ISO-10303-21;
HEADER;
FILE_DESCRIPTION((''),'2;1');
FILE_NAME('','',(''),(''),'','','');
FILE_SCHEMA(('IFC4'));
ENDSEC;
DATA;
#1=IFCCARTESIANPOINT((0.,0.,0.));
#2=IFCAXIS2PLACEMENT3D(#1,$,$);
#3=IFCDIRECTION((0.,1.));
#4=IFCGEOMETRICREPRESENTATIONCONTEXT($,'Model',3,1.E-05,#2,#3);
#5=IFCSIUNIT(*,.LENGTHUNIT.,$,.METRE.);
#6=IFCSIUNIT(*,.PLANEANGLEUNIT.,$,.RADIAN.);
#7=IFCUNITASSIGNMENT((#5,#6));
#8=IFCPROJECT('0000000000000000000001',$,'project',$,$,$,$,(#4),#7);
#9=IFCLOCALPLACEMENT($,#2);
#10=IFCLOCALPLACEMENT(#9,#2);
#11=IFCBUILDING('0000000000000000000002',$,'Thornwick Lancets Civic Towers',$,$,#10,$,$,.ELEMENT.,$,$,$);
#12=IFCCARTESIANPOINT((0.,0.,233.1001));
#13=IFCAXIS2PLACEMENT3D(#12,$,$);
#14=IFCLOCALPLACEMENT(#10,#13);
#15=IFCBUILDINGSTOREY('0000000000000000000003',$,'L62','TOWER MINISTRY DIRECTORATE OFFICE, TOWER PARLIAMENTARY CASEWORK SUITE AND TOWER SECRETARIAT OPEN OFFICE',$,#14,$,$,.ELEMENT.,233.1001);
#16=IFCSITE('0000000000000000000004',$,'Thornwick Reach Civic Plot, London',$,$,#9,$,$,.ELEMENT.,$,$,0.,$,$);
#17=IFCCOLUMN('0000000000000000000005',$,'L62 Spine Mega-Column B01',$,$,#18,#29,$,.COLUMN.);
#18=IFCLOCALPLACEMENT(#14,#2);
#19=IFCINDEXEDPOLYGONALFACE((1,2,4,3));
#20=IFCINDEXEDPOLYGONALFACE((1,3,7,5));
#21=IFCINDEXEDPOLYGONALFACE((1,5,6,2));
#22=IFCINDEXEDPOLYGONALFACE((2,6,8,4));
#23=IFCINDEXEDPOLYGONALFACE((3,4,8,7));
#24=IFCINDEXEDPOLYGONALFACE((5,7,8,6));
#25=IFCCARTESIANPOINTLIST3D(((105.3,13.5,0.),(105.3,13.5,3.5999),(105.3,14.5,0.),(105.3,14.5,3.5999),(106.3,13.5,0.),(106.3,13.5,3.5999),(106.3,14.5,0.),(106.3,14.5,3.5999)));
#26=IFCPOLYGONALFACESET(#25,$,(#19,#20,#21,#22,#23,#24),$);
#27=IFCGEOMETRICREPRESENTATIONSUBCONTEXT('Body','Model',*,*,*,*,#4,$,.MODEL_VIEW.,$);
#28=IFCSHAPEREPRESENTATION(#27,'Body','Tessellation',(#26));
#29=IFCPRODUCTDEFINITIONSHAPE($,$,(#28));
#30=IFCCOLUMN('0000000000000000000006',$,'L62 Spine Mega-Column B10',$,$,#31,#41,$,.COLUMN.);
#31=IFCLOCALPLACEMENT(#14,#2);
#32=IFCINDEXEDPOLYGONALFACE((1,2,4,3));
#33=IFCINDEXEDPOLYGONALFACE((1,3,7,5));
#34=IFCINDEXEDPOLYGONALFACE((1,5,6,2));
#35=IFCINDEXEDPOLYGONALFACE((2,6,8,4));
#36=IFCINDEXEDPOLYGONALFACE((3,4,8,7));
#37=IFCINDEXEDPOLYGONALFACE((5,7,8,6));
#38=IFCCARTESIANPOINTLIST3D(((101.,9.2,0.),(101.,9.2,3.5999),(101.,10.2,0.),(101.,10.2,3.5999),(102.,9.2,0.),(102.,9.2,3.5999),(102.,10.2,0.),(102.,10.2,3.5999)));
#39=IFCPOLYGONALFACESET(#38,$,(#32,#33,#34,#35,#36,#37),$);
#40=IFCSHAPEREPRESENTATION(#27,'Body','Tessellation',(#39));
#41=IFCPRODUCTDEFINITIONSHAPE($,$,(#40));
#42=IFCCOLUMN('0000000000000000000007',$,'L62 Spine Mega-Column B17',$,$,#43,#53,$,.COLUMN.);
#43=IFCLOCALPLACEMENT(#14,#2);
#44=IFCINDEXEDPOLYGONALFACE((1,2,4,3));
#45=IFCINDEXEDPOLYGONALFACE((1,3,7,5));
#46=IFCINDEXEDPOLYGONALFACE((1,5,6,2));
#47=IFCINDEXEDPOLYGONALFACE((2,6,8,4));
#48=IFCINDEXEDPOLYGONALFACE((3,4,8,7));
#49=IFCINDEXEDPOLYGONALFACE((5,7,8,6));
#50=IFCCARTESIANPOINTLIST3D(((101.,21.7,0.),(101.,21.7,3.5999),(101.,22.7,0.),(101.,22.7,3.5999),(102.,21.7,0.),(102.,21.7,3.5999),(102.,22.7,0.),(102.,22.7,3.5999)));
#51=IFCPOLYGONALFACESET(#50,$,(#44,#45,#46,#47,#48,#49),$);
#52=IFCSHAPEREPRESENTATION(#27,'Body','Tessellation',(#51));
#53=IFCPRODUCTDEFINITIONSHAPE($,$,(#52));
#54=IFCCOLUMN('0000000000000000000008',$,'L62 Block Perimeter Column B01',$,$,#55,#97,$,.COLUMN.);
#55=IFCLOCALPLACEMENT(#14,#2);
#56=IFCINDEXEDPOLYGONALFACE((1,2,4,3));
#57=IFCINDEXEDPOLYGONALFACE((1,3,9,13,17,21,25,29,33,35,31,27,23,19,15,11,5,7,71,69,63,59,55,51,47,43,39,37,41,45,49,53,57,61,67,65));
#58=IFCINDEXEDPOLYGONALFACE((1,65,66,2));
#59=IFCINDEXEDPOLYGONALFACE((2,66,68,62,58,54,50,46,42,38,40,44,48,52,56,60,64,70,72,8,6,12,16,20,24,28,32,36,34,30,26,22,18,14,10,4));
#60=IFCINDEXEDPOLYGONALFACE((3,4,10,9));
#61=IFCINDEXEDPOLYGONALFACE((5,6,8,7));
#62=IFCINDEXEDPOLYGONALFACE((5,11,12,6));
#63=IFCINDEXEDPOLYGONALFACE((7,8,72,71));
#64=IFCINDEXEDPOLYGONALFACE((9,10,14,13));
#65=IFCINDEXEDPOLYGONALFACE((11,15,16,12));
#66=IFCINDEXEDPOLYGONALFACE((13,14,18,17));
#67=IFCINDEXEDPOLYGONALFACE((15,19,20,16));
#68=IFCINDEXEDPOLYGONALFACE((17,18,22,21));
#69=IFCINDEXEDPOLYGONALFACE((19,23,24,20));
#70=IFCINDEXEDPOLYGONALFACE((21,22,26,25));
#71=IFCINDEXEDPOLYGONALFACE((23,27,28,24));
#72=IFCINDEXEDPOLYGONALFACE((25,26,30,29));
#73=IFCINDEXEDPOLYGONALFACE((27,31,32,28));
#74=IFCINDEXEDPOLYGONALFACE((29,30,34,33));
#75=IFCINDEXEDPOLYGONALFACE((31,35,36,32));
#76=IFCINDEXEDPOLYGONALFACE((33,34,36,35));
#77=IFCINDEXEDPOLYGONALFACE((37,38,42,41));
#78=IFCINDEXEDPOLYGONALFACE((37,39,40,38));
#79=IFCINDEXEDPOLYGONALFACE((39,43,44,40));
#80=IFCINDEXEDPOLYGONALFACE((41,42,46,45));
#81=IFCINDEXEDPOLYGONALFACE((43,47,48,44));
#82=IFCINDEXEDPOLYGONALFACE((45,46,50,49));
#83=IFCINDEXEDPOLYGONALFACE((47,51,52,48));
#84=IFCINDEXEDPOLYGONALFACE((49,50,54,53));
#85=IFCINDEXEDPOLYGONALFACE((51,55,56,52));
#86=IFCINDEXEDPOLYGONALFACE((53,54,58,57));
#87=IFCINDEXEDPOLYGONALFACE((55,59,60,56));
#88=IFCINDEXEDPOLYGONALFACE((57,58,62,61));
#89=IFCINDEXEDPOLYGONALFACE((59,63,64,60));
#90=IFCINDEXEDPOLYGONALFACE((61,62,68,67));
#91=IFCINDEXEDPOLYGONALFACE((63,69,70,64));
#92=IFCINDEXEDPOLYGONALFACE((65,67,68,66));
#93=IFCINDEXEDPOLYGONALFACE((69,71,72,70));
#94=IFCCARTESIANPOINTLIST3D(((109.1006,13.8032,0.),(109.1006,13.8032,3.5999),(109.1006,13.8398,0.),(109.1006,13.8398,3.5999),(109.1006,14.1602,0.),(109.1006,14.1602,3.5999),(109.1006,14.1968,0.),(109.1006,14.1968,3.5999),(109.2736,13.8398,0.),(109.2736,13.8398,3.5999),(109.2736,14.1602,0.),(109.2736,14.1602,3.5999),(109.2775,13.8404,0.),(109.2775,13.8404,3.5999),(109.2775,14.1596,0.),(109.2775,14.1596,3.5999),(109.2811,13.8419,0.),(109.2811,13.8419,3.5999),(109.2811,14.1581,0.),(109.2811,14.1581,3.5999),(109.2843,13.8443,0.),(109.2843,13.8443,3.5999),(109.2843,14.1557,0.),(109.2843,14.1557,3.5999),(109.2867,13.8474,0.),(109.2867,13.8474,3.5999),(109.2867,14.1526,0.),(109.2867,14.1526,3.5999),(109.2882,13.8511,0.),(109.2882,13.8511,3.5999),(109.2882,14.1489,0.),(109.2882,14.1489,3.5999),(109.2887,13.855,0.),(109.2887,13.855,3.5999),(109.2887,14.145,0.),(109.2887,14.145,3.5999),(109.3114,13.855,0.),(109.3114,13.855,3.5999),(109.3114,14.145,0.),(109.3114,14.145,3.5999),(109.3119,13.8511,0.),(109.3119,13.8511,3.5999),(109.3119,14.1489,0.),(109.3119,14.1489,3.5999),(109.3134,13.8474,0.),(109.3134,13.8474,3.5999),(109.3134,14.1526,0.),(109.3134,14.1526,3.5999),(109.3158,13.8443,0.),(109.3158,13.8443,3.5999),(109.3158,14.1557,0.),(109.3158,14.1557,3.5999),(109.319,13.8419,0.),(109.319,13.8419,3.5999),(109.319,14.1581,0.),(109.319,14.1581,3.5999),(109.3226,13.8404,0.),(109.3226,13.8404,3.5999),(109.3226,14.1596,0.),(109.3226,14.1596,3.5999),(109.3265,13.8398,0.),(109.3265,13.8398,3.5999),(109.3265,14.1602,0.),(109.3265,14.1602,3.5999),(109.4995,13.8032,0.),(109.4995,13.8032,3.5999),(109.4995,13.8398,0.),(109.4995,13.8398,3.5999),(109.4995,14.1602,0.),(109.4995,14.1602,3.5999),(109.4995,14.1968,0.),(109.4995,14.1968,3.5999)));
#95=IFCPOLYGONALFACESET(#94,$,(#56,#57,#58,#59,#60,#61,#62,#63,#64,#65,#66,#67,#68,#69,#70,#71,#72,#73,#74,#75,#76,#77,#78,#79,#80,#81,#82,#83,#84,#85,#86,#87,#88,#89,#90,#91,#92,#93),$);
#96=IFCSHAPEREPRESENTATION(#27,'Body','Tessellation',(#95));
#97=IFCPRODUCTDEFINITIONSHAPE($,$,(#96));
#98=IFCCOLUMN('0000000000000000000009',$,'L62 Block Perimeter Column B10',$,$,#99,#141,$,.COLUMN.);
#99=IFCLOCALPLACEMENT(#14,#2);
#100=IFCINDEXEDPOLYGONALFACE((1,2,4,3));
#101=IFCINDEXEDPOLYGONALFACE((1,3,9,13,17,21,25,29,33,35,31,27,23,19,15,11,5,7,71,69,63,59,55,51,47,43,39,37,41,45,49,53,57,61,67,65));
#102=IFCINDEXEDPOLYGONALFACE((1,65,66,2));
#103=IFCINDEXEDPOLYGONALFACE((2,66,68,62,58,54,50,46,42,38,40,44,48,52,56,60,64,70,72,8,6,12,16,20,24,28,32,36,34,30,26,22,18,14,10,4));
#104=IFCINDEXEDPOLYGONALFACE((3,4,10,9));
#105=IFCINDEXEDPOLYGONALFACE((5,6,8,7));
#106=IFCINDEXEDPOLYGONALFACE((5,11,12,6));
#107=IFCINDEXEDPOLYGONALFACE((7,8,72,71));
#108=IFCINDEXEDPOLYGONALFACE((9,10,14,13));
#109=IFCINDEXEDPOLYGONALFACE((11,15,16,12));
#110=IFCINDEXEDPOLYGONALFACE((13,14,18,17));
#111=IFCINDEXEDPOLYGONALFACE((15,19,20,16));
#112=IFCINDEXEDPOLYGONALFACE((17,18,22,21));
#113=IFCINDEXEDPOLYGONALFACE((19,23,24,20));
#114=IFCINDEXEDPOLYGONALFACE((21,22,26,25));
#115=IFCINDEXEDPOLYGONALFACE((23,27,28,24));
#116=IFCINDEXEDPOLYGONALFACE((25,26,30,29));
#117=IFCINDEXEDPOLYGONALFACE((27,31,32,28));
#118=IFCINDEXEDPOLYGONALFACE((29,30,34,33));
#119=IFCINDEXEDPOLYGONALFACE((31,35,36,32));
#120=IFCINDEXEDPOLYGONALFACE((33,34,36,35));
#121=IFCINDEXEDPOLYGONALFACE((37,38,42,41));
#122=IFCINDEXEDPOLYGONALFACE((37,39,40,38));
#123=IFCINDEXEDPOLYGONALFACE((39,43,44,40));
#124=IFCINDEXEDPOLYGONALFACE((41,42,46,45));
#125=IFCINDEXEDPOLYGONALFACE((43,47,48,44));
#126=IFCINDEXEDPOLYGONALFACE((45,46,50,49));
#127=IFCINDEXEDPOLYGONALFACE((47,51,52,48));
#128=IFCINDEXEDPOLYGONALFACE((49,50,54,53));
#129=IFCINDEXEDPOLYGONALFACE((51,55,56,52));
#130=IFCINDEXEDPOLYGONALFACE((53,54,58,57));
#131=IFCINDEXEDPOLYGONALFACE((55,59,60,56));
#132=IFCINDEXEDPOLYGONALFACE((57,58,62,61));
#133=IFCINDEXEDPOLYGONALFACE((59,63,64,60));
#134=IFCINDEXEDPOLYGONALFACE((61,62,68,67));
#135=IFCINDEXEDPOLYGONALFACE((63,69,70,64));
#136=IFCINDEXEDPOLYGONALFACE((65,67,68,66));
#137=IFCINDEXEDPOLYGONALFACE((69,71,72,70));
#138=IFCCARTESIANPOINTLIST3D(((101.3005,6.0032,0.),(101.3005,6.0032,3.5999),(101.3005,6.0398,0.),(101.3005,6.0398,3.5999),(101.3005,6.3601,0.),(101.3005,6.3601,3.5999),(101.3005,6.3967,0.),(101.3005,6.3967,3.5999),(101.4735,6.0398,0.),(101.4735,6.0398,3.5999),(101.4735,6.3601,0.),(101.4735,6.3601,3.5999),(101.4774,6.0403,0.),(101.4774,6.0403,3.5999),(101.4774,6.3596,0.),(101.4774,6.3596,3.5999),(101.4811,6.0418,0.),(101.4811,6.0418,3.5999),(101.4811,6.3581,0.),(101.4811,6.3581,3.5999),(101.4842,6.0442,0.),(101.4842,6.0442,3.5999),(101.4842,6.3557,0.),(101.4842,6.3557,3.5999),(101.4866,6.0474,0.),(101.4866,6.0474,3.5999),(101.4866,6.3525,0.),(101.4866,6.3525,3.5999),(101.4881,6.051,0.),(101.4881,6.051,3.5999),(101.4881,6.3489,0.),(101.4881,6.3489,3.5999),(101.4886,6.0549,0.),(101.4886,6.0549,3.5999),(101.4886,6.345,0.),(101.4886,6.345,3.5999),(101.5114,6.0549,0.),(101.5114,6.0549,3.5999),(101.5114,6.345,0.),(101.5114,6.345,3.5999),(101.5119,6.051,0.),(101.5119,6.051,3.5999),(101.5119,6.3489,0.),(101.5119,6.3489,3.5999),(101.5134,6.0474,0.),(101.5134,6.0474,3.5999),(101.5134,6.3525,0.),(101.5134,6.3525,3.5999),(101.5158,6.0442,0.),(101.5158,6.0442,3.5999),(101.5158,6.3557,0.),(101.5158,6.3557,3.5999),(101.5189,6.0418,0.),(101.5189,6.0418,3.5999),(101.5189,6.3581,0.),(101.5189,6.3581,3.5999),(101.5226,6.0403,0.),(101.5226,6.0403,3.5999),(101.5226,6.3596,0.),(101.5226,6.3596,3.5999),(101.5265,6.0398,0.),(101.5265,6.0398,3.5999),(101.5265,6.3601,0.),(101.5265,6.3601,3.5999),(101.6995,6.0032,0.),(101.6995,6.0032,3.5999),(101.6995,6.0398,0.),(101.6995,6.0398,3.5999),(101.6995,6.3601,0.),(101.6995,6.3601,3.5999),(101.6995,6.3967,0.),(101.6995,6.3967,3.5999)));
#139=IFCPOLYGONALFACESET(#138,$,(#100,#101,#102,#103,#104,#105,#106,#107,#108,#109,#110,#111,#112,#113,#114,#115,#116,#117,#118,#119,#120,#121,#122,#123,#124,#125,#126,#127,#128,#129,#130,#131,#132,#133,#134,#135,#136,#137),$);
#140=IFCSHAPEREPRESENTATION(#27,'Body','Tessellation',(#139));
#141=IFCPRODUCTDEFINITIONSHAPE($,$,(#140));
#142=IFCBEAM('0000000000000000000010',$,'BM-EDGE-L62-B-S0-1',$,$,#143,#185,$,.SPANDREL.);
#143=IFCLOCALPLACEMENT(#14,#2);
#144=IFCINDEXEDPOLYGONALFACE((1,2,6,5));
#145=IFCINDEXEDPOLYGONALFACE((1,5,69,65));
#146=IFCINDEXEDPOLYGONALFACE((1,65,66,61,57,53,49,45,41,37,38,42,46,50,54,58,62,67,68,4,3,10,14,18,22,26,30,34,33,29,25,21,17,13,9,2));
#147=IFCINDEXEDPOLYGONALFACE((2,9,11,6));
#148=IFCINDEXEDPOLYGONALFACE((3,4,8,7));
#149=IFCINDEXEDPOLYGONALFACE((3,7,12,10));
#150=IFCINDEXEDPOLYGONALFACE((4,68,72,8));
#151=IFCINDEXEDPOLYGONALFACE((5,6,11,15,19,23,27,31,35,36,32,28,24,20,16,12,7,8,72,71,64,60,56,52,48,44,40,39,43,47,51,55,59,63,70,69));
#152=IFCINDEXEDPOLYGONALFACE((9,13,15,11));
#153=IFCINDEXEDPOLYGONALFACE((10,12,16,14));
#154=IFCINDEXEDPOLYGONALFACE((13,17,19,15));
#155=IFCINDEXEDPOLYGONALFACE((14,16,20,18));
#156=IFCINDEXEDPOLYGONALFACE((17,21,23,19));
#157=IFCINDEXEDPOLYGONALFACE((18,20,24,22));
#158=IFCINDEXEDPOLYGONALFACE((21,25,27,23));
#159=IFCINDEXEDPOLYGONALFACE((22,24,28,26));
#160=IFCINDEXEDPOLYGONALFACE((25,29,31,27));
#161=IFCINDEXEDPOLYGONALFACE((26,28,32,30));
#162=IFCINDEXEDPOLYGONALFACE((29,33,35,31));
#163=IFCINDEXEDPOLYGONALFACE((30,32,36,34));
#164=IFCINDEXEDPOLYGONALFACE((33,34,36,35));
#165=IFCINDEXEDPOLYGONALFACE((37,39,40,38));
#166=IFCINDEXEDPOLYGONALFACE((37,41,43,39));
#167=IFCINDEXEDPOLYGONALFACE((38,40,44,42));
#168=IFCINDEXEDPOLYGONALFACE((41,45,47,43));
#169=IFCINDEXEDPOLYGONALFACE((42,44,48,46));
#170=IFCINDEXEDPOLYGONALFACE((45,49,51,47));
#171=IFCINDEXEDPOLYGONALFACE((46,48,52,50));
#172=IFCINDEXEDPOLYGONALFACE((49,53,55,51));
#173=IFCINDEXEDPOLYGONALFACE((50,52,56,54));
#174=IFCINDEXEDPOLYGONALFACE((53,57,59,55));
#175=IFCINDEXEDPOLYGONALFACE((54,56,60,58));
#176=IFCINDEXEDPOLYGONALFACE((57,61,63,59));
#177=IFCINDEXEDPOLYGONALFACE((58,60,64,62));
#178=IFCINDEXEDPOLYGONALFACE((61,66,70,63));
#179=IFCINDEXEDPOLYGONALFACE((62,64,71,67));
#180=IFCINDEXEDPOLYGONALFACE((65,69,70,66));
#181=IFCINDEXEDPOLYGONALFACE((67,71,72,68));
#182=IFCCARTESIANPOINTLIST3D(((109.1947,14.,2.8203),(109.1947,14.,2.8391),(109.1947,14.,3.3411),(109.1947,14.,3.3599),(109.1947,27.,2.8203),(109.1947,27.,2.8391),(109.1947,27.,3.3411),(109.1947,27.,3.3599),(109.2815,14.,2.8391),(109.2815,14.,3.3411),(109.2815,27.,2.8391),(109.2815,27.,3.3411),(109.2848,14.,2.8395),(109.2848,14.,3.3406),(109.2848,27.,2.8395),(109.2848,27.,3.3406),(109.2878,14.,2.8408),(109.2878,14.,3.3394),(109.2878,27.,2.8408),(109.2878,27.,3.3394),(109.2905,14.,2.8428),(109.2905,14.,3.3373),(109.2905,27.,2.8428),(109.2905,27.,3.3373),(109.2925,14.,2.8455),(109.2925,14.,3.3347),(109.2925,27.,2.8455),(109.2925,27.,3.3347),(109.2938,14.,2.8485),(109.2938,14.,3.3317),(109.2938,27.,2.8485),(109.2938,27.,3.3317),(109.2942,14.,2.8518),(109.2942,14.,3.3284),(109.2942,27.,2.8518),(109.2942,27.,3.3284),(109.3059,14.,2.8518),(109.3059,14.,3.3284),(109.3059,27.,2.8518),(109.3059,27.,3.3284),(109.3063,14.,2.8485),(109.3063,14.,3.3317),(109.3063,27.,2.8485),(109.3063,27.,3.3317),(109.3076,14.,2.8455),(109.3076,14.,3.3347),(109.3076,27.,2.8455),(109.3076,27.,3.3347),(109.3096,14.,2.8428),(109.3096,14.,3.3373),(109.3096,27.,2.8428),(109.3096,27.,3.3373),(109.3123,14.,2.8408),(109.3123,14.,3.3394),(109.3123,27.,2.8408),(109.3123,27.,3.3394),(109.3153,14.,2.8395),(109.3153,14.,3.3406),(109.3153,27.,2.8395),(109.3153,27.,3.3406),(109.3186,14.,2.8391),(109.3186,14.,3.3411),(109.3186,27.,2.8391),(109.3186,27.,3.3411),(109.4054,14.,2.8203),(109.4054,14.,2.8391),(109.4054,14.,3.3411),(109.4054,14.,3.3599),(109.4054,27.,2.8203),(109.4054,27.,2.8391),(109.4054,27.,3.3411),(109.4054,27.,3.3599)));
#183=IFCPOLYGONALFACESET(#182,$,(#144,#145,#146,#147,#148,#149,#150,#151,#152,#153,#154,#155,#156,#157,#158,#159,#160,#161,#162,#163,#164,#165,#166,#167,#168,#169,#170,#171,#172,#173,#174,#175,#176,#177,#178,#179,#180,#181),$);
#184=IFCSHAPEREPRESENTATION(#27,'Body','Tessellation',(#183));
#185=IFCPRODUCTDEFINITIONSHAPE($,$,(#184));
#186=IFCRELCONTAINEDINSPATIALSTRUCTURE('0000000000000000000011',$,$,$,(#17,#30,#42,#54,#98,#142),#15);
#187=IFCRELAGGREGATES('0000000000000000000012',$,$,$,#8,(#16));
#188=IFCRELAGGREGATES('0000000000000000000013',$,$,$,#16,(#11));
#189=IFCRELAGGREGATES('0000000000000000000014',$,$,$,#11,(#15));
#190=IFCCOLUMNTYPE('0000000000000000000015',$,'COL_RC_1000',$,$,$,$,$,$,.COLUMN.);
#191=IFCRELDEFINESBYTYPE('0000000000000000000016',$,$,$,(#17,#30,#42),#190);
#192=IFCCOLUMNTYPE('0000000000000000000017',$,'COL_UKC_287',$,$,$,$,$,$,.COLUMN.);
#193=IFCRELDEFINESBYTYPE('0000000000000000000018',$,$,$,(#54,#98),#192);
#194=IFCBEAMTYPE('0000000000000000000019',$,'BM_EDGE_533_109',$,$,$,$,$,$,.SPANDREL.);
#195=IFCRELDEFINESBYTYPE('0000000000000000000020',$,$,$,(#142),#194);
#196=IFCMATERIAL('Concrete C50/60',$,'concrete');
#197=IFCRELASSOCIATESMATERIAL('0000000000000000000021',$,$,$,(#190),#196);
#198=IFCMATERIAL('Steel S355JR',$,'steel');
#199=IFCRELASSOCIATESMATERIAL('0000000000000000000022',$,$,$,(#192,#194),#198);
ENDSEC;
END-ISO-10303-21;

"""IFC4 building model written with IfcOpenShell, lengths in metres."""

from ifc_helpers import new_model, si_unit, direction, frame, origin, origin_2d, place, context, subcontext, project, spatial, rectangle, i_section, extrude, material, material_profile, profile_set, type_object, element, save


model = new_model("IFC4")

# Units and contexts
model_context = context("Model", 3, precision=1e-05, world=origin(), true_north=direction((0.0, 1.0)))
body_context = subcontext(model_context, "Body", "Model", "MODEL_VIEW")
ifc_project = project(units=[si_unit("LENGTHUNIT", "METRE"), si_unit("PLANEANGLEUNIT", "RADIAN")], contexts=[model_context])

# Site, building, storey
site_placement = place(None, origin())
site = spatial("IfcSite", under=ifc_project, at=site_placement, Name="Thornwick Reach Civic Plot, London", CompositionType="ELEMENT", RefElevation=0.0)
building_placement = place(site_placement, origin())
building = spatial("IfcBuilding", under=site, at=building_placement, Name="Thornwick Lancets Civic Towers", CompositionType="ELEMENT")
storey_placement = place(building_placement, frame((0.0, 0.0, 233.1001)))
storey = spatial("IfcBuildingStorey", under=building, at=storey_placement, Name="L62", Description="TOWER MINISTRY DIRECTORATE OFFICE, TOWER PARLIAMENTARY CASEWORK SUITE AND TOWER SECRETARIAT OPEN OFFICE", CompositionType="ELEMENT", Elevation=233.1001)

# Columns
ifc_material_1 = material(Name="Concrete C50/60", Category="concrete")
ifc_material_profile_1 = material_profile(ifc_material_1, rectangle(XDim=1.0, YDim=1.0, at=origin_2d()), Name="RC 1000x1000")
ifc_profile_set_1 = profile_set([ifc_material_profile_1], Name="Concrete C50/60")
column_type_1 = type_object("IfcColumnType", Name="COL_RC_1000", PredefinedType="COLUMN", material=ifc_profile_set_1)
for number, where, z_axis, x_axis, name in (
    (1, (105.8, 14.0, 0.0), (0.0, 0.0, 1.0), (1.0, 0.0, 0.0), "L62 Spine Mega-Column B01"),
    (2, (101.5, 9.7, 0.0), (0.0, 0.0, 1.0), (1.0, 0.0, 0.0), "L62 Spine Mega-Column B10"),
    (3, (101.5, 22.2, 0.0), (0.0, 0.0, 1.0), (1.0, 0.0, 0.0), "L62 Spine Mega-Column B17"),
):
    element("IfcColumn", number, at=place(storey_placement, frame(where, z_axis=z_axis, x_axis=x_axis)), inside=storey, type_object=column_type_1, Name=name, PredefinedType="COLUMN", context=body_context, shape_type="SweptSolid", body=[
        extrude(rectangle(XDim=1.0, YDim=1.0, at=origin_2d()), origin(), (0.0, 0.0, 1.0), 3.5999),
    ])
ifc_material_2 = material(Name="Steel S355JR", Category="steel")
ifc_material_profile_2 = material_profile(ifc_material_2, i_section(OverallWidth=0.3989, OverallDepth=0.3936, WebThickness=0.0227, FlangeThickness=0.0366, FilletRadius=0.0151, at=origin_2d()), Name="UKC 356x406x287")
ifc_profile_set_2 = profile_set([ifc_material_profile_2], Name="Steel S355JR")
column_type_2 = type_object("IfcColumnType", Name="COL_UKC_287", PredefinedType="COLUMN", material=ifc_profile_set_2)
for number, where, z_axis, x_axis, name in (
    (4, (109.3, 14.0, 0.0), (0.0, 0.0, 1.0), (1.0, 0.0, 0.0), "L62 Block Perimeter Column B01"),
    (5, (101.5, 6.2, 0.0), (0.0, 0.0, 1.0), (1.0, 0.0, 0.0), "L62 Block Perimeter Column B10"),
):
    element("IfcColumn", number, at=place(storey_placement, frame(where, z_axis=z_axis, x_axis=x_axis)), inside=storey, type_object=column_type_2, Name=name, PredefinedType="COLUMN", context=body_context, shape_type="SweptSolid", body=[
        extrude(i_section(OverallWidth=0.3989, OverallDepth=0.3936, WebThickness=0.0227, FlangeThickness=0.0366, FilletRadius=0.0151, at=origin_2d()), origin(), (0.0, 0.0, 1.0), 3.5999),
    ])

# Beam
ifc_material_profile_3 = material_profile(ifc_material_2, i_section(OverallWidth=0.2107, OverallDepth=0.5396, WebThickness=0.0117, FlangeThickness=0.0188, FilletRadius=0.0127, at=origin_2d()), Name="UKB 533x210x109")
ifc_profile_set_3 = profile_set([ifc_material_profile_3], Name="Steel S355JR")
beam_type_1 = type_object("IfcBeamType", Name="BM_EDGE_533_109", PredefinedType="SPANDREL", material=ifc_profile_set_3)
for number, where, z_axis, x_axis, name in (
    (6, (109.3, 14.0, 3.0901), (0.0, 1.0, 0.0), (-1.0, 0.0, 0.0), "BM-EDGE-L62-B-S0-1"),
):
    element("IfcBeam", number, at=place(storey_placement, frame(where, z_axis=z_axis, x_axis=x_axis)), inside=storey, type_object=beam_type_1, Name=name, PredefinedType="SPANDREL", context=body_context, shape_type="SweptSolid", body=[
        extrude(i_section(OverallWidth=0.2107, OverallDepth=0.5396, WebThickness=0.0117, FlangeThickness=0.0188, FilletRadius=0.0127, at=origin_2d()), origin(), (0.0, 0.0, 1.0), 13.0),
    ])

save(model, "model.ifc")
